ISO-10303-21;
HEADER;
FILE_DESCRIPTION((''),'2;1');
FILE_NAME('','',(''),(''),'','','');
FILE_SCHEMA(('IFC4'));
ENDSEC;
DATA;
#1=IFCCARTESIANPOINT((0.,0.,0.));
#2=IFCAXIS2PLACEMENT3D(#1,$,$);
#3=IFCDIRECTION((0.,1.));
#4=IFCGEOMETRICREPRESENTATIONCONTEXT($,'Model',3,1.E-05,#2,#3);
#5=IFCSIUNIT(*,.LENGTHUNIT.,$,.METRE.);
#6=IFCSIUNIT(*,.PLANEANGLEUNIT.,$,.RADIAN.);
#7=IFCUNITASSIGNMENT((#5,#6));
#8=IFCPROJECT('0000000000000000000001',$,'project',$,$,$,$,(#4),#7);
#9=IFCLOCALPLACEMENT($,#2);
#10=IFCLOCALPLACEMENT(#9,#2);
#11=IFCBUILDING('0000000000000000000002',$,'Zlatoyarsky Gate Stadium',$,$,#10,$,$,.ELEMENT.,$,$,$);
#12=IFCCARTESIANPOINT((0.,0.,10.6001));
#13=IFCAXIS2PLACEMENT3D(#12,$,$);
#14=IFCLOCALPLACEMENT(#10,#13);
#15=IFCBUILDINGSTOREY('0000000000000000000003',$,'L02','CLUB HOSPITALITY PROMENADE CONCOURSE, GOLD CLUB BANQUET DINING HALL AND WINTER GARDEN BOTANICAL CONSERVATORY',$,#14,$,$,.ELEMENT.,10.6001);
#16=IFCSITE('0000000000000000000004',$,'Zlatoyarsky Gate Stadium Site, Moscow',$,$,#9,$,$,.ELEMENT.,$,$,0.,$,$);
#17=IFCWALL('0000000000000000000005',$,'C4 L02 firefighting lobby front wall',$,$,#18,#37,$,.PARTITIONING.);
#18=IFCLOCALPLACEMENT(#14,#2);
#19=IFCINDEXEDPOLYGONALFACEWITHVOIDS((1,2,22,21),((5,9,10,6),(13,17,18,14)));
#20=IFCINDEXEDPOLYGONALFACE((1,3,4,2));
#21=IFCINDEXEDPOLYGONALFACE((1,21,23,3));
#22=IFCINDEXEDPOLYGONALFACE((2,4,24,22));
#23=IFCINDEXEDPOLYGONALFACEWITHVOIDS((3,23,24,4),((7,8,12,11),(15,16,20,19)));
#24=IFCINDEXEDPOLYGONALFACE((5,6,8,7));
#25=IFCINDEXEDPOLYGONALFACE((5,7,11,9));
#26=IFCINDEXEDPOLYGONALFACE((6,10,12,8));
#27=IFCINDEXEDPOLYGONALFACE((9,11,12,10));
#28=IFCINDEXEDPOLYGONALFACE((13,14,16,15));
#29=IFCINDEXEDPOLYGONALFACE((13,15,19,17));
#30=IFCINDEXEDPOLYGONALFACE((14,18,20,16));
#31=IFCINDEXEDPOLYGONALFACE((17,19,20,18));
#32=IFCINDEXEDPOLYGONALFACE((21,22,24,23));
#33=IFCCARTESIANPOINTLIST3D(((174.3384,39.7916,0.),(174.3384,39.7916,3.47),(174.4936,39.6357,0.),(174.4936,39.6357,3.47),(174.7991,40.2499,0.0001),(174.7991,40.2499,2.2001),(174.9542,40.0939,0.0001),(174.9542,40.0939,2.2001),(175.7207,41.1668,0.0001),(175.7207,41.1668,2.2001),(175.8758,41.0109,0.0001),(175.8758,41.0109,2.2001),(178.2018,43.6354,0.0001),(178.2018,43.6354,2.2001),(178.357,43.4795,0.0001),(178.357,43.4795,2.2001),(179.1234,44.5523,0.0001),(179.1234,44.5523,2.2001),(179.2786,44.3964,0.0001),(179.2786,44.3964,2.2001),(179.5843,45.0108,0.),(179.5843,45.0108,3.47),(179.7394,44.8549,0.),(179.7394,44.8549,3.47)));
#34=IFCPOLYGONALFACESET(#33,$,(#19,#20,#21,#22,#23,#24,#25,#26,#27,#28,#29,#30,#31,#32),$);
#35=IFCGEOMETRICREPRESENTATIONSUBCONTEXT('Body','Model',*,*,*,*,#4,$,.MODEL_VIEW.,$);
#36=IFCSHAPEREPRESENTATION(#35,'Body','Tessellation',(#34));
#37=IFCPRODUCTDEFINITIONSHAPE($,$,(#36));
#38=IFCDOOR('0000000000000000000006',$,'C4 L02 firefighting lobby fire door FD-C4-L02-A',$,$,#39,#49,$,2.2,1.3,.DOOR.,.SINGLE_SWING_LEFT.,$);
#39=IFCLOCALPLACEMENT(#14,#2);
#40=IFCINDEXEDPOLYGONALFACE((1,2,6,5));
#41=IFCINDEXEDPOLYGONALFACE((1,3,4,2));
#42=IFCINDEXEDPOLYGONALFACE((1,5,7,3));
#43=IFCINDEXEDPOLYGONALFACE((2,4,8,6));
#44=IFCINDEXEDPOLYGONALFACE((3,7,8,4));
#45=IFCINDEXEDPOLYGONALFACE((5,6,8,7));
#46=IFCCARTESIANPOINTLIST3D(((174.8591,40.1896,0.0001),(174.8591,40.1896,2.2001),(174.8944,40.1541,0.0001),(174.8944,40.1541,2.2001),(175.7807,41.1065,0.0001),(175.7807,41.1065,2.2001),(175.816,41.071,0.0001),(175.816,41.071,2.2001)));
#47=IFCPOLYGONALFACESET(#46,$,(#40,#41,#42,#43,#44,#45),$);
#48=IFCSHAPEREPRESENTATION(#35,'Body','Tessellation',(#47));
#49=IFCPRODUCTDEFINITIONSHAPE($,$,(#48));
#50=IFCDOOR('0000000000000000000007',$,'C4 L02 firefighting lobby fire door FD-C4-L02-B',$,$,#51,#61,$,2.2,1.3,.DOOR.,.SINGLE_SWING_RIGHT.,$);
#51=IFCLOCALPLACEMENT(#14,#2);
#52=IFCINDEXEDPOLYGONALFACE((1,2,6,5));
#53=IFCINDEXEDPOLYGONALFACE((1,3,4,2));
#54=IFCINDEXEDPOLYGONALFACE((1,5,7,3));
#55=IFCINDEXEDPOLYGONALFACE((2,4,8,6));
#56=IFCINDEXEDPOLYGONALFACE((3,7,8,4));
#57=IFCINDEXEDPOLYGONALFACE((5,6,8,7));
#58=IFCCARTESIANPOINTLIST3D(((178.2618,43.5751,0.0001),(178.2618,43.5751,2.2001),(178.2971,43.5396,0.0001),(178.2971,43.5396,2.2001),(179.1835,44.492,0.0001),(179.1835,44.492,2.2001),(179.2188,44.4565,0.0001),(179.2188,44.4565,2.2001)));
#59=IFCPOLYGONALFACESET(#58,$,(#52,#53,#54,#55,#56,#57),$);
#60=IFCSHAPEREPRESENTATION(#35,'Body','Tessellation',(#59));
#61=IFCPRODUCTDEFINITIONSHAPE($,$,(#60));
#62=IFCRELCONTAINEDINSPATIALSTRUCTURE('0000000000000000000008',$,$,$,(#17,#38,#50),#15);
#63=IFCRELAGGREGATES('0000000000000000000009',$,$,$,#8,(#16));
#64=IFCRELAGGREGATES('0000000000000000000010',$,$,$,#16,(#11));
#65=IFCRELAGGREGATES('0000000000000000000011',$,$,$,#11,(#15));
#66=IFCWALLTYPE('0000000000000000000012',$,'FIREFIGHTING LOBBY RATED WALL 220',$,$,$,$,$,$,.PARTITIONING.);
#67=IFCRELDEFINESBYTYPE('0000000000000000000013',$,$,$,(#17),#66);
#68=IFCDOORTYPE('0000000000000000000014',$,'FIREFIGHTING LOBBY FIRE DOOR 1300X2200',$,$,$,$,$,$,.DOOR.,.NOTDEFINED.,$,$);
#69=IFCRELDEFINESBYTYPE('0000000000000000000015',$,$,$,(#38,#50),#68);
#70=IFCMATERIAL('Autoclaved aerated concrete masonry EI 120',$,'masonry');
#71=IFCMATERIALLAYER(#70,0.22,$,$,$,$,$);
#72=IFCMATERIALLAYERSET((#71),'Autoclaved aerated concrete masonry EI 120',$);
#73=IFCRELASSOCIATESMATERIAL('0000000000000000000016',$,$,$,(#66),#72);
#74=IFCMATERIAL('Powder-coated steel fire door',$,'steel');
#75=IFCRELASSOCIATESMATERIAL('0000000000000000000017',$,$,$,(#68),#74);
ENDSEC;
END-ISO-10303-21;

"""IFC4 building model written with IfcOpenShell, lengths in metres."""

from ifc_helpers import new_model, si_unit, direction, frame, frame_2d, origin, place, context, subcontext, project, spatial, rectangle, extrude, material, layer, layer_set, type_object, element, fill, save


model = new_model("IFC4")

# Units and contexts
model_context = context("Model", 3, precision=1e-05, world=origin(), true_north=direction((0.0, 1.0)))
body_context = subcontext(model_context, "Body", "Model", "MODEL_VIEW")
ifc_project = project(units=[si_unit("LENGTHUNIT", "METRE"), si_unit("PLANEANGLEUNIT", "RADIAN")], contexts=[model_context])

# Site, building, storey
site_placement = place(None, origin())
site = spatial("IfcSite", under=ifc_project, at=site_placement, Name="Zlatoyarsky Gate Stadium Site, Moscow", CompositionType="ELEMENT", RefElevation=0.0)
building_placement = place(site_placement, origin())
building = spatial("IfcBuilding", under=site, at=building_placement, Name="Zlatoyarsky Gate Stadium", CompositionType="ELEMENT")
storey_placement = place(building_placement, frame((0.0, 0.0, 10.6001)))
storey = spatial("IfcBuildingStorey", under=building, at=storey_placement, Name="L02", Description="CLUB HOSPITALITY PROMENADE CONCOURSE, GOLD CLUB BANQUET DINING HALL AND WINTER GARDEN BOTANICAL CONSERVATORY", CompositionType="ELEMENT", Elevation=10.6001)

# Shared definitions
ifc_material_1 = material(Name="Powder-coated steel fire door", Category="steel")

# Shared definitions
ifc_material_2 = material(Name="Autoclaved aerated concrete masonry EI 120", Category="masonry")
ifc_layer_1 = layer(ifc_material_2, 0.22)
ifc_layer_set_1 = layer_set([ifc_layer_1], Name="Autoclaved aerated concrete masonry EI 120")
wall_type_1 = type_object("IfcWallType", Name="FIREFIGHTING LOBBY RATED WALL 220", PredefinedType="PARTITIONING", material=ifc_layer_set_1)

# Wall, openings, doors
wall_1_placement = place(storey_placement, frame((174.416, 39.7136, 0.0), z_axis=(0.0, 0.0, 1.0), x_axis=(0.708903, 0.705306, 0.0)))
wall_1 = element("IfcWall", 1, at=wall_1_placement, inside=storey, type_object=wall_type_1, Name="C4 L02 firefighting lobby front wall", PredefinedType="PARTITIONING", context=body_context, shape_type="SweptSolid", body=[
    extrude(rectangle(XDim=7.3999, YDim=0.22, at=frame_2d((3.7, 0.0))), origin(), (0.0, 0.0, 1.0), 3.47),
])
opening_1_placement = place(wall_1_placement, frame((0.6499, 0.0, 0.0)))
opening_1 = element("IfcOpeningElement", 2, at=opening_1_placement, cuts=wall_1, PredefinedType="OPENING", context=body_context, shape_type="SweptSolid", body=[
    extrude(rectangle(XDim=1.3, YDim=2.2, at=frame_2d((0.6499, 1.1001))), frame((0.0, 0.1199, 0.0), z_axis=(0.0, -1.0, 0.0), x_axis=(1.0, 0.0, 0.0)), (0.0, 0.0, 1.0), 0.24),
])
opening_2_placement = place(wall_1_placement, frame((5.45, 0.0, 0.0)))
opening_2 = element("IfcOpeningElement", 3, at=opening_2_placement, cuts=wall_1, PredefinedType="OPENING", context=body_context, shape_type="SweptSolid", body=[
    extrude(rectangle(XDim=1.3, YDim=2.2, at=frame_2d((0.6499, 1.1001))), frame((0.0, 0.1199, 0.0), z_axis=(0.0, -1.0, 0.0), x_axis=(1.0, 0.0, 0.0)), (0.0, 0.0, 1.0), 0.24),
])
door_type_1 = type_object("IfcDoorType", Name="FIREFIGHTING LOBBY FIRE DOOR 1300X2200", OperationType="NOTDEFINED", PredefinedType="DOOR", material=ifc_material_1)
door_1_placement = place(opening_1_placement, origin())
door_1 = element("IfcDoor", 4, at=door_1_placement, inside=storey, type_object=door_type_1, Name="C4 L02 firefighting lobby fire door FD-C4-L02-A", OperationType="SINGLE_SWING_LEFT", OverallHeight=2.2, OverallWidth=1.3, PredefinedType="DOOR", context=body_context, shape_type="SweptSolid", body=[
    extrude(rectangle(XDim=1.3, YDim=2.2, at=frame_2d((0.6499, 1.1001))), frame((0.0, 0.0249, 0.0), z_axis=(0.0, -1.0, 0.0), x_axis=(1.0, 0.0, 0.0)), (0.0, 0.0, 1.0), 0.05),
])
fill(opening_1, door_1)
door_2_placement = place(opening_2_placement, origin())
door_2 = element("IfcDoor", 5, at=door_2_placement, inside=storey, type_object=door_type_1, Name="C4 L02 firefighting lobby fire door FD-C4-L02-B", OperationType="SINGLE_SWING_RIGHT", OverallHeight=2.2, OverallWidth=1.3, PredefinedType="DOOR", context=body_context, shape_type="SweptSolid", body=[
    extrude(rectangle(XDim=1.3, YDim=2.2, at=frame_2d((0.6499, 1.1001))), frame((0.0, 0.0249, 0.0), z_axis=(0.0, -1.0, 0.0), x_axis=(1.0, 0.0, 0.0)), (0.0, 0.0, 1.0), 0.05),
])
fill(opening_2, door_2)

save(model, "model.ifc")
